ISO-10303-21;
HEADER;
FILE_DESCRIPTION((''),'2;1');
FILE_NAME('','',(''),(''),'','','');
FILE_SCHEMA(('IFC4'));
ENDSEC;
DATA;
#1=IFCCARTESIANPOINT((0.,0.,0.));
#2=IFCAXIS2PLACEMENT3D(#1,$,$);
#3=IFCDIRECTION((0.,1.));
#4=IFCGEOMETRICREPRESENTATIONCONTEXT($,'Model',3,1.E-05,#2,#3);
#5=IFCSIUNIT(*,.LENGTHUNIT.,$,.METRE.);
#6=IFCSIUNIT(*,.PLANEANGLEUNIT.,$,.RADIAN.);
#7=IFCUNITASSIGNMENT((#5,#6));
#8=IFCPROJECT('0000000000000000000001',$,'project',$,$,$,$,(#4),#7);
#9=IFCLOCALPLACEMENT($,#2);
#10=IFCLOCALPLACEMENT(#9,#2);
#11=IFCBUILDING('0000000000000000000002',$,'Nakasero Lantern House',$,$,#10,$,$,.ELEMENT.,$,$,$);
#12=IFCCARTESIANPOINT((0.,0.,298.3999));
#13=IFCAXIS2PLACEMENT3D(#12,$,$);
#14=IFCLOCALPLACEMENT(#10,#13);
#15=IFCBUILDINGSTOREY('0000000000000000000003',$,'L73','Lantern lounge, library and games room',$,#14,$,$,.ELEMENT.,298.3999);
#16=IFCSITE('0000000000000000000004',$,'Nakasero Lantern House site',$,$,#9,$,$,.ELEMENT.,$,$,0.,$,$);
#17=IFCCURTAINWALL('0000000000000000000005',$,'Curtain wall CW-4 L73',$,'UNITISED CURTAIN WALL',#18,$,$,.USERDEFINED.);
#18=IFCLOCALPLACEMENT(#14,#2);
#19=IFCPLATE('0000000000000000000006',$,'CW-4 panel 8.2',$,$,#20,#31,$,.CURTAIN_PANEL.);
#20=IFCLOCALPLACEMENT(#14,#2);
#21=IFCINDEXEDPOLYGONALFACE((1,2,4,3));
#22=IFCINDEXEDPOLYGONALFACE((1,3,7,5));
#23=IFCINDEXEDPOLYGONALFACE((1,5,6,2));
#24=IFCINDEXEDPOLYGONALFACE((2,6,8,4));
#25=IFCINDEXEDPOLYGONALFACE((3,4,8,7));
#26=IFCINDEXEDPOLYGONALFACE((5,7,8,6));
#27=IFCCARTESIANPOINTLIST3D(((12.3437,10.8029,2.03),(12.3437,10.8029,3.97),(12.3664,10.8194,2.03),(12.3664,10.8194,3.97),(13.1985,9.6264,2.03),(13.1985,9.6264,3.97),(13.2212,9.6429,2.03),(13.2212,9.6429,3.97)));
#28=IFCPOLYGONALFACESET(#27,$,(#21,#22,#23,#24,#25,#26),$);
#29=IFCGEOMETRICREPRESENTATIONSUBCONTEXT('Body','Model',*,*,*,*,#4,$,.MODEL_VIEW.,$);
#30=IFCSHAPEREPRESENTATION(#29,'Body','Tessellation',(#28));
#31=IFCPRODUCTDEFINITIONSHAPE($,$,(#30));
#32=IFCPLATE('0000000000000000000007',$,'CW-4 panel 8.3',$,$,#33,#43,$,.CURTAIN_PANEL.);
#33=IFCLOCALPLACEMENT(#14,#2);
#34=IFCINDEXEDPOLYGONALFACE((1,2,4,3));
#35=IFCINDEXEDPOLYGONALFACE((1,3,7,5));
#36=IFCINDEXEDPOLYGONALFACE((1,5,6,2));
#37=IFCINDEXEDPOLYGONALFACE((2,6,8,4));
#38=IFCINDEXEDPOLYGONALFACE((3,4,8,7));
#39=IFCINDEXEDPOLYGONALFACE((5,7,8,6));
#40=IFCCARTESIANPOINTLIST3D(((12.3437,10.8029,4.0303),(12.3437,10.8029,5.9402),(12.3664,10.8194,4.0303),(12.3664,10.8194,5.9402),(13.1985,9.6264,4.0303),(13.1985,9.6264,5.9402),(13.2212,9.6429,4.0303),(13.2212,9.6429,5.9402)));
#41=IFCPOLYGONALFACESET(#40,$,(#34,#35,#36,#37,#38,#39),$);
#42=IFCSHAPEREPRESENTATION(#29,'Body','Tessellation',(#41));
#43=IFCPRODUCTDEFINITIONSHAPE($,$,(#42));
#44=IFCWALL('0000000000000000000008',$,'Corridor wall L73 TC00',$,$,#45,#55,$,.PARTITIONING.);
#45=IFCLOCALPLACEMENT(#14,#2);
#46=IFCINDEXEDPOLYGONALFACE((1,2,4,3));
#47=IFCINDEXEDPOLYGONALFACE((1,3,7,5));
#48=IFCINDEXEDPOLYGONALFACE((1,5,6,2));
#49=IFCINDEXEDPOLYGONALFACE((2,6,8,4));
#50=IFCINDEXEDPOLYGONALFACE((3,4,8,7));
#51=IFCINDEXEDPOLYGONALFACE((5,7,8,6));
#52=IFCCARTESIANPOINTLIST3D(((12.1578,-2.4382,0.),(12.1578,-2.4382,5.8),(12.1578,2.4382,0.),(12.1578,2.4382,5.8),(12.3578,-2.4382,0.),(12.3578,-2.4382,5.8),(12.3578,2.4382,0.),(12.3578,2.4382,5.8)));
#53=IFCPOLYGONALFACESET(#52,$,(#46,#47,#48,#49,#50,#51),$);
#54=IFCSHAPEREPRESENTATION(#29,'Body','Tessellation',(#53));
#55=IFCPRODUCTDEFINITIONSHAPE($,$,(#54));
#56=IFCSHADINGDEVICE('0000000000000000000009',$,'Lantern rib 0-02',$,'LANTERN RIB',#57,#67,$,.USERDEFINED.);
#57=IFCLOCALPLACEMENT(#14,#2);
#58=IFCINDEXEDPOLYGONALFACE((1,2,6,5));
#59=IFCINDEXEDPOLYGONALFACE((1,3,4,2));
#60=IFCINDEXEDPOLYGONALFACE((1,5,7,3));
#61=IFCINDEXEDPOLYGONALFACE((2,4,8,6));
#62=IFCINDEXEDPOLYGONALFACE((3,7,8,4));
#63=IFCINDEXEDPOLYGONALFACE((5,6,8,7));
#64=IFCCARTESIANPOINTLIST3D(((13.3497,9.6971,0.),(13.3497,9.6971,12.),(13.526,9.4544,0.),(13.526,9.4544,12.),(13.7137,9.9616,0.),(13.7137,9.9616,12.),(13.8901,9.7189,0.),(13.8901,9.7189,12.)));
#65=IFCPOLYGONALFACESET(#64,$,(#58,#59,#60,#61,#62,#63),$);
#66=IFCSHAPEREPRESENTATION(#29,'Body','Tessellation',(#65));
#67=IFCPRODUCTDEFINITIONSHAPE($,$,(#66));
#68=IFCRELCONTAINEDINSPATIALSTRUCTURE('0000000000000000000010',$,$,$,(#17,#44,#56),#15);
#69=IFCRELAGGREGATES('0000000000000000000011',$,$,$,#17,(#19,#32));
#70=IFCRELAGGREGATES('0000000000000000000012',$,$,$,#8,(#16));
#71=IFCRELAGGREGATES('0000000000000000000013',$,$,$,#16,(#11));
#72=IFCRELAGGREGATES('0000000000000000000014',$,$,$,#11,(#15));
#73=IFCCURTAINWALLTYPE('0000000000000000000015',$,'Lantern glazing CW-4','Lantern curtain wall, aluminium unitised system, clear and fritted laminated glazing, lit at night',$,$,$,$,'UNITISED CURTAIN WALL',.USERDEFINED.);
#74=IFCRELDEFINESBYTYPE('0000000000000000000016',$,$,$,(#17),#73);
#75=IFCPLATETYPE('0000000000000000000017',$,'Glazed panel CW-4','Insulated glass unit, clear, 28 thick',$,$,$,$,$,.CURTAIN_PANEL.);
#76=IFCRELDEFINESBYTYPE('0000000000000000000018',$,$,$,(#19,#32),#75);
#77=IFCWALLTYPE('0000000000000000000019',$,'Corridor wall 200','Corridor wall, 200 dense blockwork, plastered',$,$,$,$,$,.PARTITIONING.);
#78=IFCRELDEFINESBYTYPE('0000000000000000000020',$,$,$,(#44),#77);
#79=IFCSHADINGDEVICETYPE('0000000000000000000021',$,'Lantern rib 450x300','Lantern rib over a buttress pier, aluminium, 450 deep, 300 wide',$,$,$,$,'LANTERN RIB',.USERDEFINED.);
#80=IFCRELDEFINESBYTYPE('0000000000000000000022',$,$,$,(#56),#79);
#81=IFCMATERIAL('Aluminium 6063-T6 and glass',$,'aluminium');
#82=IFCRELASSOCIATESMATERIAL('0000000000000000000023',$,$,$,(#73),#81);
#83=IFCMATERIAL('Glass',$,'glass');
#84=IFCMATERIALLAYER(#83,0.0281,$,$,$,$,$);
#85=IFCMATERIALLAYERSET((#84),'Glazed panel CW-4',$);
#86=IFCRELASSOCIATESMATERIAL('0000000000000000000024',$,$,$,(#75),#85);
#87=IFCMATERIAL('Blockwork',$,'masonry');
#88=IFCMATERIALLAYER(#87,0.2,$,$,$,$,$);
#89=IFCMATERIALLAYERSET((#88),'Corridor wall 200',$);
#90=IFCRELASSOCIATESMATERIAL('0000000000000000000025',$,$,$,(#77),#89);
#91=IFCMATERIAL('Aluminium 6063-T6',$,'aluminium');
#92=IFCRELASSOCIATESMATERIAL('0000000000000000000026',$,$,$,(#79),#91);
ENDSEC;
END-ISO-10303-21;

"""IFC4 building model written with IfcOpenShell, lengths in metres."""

from ifc_helpers import new_model, si_unit, direction, frame, frame_2d, origin, origin_2d, place, context, subcontext, project, spatial, rectangle, extrude, material, layer, layer_set, type_object, element, aggregate, save


model = new_model("IFC4")

# Units and contexts
model_context = context("Model", 3, precision=1e-05, world=origin(), true_north=direction((0.0, 1.0)))
body_context = subcontext(model_context, "Body", "Model", "MODEL_VIEW")
ifc_project = project(units=[si_unit("LENGTHUNIT", "METRE"), si_unit("PLANEANGLEUNIT", "RADIAN")], contexts=[model_context])

# Site, building, storey
site_placement = place(None, origin())
site = spatial("IfcSite", under=ifc_project, at=site_placement, Name="Nakasero Lantern House site", CompositionType="ELEMENT", RefElevation=0.0)
building_placement = place(site_placement, origin())
building = spatial("IfcBuilding", under=site, at=building_placement, Name="Nakasero Lantern House", CompositionType="ELEMENT")
storey_placement = place(building_placement, frame((0.0, 0.0, 298.3999)))
storey = spatial("IfcBuildingStorey", under=building, at=storey_placement, Name="L73", Description="Lantern lounge, library and games room", CompositionType="ELEMENT", Elevation=298.3999)

# Curtain wall
ifc_material_1 = material(Name="Aluminium 6063-T6 and glass", Category="aluminium")
curtain_wall_type = type_object("IfcCurtainWallType", Name="Lantern glazing CW-4", Description="Lantern curtain wall, aluminium unitised system, clear and fritted laminated glazing, lit at night", ElementType="UNITISED CURTAIN WALL", PredefinedType="USERDEFINED", material=ifc_material_1)
curtain_wall_placement = place(storey_placement, origin())
curtain_wall = element("IfcCurtainWall", 1, at=curtain_wall_placement, inside=storey, type_object=curtain_wall_type, Name="Curtain wall CW-4 L73", ObjectType="UNITISED CURTAIN WALL", PredefinedType="USERDEFINED")

# Plates
ifc_material_2 = material(Name="Glass", Category="glass")
ifc_layer_1 = layer(ifc_material_2, 0.0281)
ifc_layer_set_1 = layer_set([ifc_layer_1], Name="Glazed panel CW-4")
plate_type = type_object("IfcPlateType", Name="Glazed panel CW-4", Description="Insulated glass unit, clear, 28 thick", PredefinedType="CURTAIN_PANEL", material=ifc_layer_set_1)
plate_1_placement = place(storey_placement, frame((12.7825, 10.2229, 2.03), z_axis=(0.0, 0.0, 1.0), x_axis=(-0.587785, 0.809017, 0.0)))
plate_1 = element("IfcPlate", 2, at=plate_1_placement, type_object=plate_type, Name="CW-4 panel 8.2", PredefinedType="CURTAIN_PANEL", context=body_context, shape_type="SweptSolid", body=[
    extrude(rectangle(XDim=1.4543, YDim=0.0281, at=origin_2d()), origin(), (0.0, 0.0, 1.0), 1.9399),
])
plate_2_placement = place(storey_placement, frame((12.7825, 10.2229, 4.0303), z_axis=(0.0, 0.0, 1.0), x_axis=(-0.587785, 0.809017, 0.0)))
plate_2 = element("IfcPlate", 3, at=plate_2_placement, type_object=plate_type, Name="CW-4 panel 8.3", PredefinedType="CURTAIN_PANEL", context=body_context, shape_type="SweptSolid", body=[
    extrude(rectangle(XDim=1.4543, YDim=0.0281, at=origin_2d()), origin(), (0.0, 0.0, 1.0), 1.9099),
])
aggregate(curtain_wall, [plate_1, plate_2])

# Wall
ifc_material_3 = material(Name="Blockwork", Category="masonry")
ifc_layer_2 = layer(ifc_material_3, 0.2)
ifc_layer_set_2 = layer_set([ifc_layer_2], Name="Corridor wall 200")
wall_type = type_object("IfcWallType", Name="Corridor wall 200", Description="Corridor wall, 200 dense blockwork, plastered", PredefinedType="PARTITIONING", material=ifc_layer_set_2)
wall_placement = place(storey_placement, frame((12.2578, 2.4382, 0.0), z_axis=(0.0, 0.0, 1.0), x_axis=(0.0, -1.0, 0.0)))
element("IfcWall", 4, at=wall_placement, inside=storey, type_object=wall_type, Name="Corridor wall L73 TC00", PredefinedType="PARTITIONING", context=body_context, shape_type="SweptSolid", body=[
    extrude(rectangle(XDim=4.8765, YDim=0.2, at=frame_2d((2.4382, 0.0))), origin(), (0.0, 0.0, 1.0), 5.8),
])

# Shading device
ifc_material_4 = material(Name="Aluminium 6063-T6", Category="aluminium")
shading_device_type = type_object("IfcShadingDeviceType", Name="Lantern rib 450x300", Description="Lantern rib over a buttress pier, aluminium, 450 deep, 300 wide", ElementType="LANTERN RIB", PredefinedType="USERDEFINED", material=ifc_material_4)
shading_device_placement = place(storey_placement, frame((13.6199, 9.708, 0.0), z_axis=(0.0, 0.0, 1.0), x_axis=(0.809017, 0.587785, 0.0)))
element("IfcShadingDevice", 5, at=shading_device_placement, inside=storey, type_object=shading_device_type, Name="Lantern rib 0-02", ObjectType="LANTERN RIB", PredefinedType="USERDEFINED", context=body_context, shape_type="SweptSolid", body=[
    extrude(rectangle(XDim=0.45, YDim=0.3, at=origin_2d()), origin(), (0.0, 0.0, 1.0), 12.0),
])

save(model, "model.ifc")
